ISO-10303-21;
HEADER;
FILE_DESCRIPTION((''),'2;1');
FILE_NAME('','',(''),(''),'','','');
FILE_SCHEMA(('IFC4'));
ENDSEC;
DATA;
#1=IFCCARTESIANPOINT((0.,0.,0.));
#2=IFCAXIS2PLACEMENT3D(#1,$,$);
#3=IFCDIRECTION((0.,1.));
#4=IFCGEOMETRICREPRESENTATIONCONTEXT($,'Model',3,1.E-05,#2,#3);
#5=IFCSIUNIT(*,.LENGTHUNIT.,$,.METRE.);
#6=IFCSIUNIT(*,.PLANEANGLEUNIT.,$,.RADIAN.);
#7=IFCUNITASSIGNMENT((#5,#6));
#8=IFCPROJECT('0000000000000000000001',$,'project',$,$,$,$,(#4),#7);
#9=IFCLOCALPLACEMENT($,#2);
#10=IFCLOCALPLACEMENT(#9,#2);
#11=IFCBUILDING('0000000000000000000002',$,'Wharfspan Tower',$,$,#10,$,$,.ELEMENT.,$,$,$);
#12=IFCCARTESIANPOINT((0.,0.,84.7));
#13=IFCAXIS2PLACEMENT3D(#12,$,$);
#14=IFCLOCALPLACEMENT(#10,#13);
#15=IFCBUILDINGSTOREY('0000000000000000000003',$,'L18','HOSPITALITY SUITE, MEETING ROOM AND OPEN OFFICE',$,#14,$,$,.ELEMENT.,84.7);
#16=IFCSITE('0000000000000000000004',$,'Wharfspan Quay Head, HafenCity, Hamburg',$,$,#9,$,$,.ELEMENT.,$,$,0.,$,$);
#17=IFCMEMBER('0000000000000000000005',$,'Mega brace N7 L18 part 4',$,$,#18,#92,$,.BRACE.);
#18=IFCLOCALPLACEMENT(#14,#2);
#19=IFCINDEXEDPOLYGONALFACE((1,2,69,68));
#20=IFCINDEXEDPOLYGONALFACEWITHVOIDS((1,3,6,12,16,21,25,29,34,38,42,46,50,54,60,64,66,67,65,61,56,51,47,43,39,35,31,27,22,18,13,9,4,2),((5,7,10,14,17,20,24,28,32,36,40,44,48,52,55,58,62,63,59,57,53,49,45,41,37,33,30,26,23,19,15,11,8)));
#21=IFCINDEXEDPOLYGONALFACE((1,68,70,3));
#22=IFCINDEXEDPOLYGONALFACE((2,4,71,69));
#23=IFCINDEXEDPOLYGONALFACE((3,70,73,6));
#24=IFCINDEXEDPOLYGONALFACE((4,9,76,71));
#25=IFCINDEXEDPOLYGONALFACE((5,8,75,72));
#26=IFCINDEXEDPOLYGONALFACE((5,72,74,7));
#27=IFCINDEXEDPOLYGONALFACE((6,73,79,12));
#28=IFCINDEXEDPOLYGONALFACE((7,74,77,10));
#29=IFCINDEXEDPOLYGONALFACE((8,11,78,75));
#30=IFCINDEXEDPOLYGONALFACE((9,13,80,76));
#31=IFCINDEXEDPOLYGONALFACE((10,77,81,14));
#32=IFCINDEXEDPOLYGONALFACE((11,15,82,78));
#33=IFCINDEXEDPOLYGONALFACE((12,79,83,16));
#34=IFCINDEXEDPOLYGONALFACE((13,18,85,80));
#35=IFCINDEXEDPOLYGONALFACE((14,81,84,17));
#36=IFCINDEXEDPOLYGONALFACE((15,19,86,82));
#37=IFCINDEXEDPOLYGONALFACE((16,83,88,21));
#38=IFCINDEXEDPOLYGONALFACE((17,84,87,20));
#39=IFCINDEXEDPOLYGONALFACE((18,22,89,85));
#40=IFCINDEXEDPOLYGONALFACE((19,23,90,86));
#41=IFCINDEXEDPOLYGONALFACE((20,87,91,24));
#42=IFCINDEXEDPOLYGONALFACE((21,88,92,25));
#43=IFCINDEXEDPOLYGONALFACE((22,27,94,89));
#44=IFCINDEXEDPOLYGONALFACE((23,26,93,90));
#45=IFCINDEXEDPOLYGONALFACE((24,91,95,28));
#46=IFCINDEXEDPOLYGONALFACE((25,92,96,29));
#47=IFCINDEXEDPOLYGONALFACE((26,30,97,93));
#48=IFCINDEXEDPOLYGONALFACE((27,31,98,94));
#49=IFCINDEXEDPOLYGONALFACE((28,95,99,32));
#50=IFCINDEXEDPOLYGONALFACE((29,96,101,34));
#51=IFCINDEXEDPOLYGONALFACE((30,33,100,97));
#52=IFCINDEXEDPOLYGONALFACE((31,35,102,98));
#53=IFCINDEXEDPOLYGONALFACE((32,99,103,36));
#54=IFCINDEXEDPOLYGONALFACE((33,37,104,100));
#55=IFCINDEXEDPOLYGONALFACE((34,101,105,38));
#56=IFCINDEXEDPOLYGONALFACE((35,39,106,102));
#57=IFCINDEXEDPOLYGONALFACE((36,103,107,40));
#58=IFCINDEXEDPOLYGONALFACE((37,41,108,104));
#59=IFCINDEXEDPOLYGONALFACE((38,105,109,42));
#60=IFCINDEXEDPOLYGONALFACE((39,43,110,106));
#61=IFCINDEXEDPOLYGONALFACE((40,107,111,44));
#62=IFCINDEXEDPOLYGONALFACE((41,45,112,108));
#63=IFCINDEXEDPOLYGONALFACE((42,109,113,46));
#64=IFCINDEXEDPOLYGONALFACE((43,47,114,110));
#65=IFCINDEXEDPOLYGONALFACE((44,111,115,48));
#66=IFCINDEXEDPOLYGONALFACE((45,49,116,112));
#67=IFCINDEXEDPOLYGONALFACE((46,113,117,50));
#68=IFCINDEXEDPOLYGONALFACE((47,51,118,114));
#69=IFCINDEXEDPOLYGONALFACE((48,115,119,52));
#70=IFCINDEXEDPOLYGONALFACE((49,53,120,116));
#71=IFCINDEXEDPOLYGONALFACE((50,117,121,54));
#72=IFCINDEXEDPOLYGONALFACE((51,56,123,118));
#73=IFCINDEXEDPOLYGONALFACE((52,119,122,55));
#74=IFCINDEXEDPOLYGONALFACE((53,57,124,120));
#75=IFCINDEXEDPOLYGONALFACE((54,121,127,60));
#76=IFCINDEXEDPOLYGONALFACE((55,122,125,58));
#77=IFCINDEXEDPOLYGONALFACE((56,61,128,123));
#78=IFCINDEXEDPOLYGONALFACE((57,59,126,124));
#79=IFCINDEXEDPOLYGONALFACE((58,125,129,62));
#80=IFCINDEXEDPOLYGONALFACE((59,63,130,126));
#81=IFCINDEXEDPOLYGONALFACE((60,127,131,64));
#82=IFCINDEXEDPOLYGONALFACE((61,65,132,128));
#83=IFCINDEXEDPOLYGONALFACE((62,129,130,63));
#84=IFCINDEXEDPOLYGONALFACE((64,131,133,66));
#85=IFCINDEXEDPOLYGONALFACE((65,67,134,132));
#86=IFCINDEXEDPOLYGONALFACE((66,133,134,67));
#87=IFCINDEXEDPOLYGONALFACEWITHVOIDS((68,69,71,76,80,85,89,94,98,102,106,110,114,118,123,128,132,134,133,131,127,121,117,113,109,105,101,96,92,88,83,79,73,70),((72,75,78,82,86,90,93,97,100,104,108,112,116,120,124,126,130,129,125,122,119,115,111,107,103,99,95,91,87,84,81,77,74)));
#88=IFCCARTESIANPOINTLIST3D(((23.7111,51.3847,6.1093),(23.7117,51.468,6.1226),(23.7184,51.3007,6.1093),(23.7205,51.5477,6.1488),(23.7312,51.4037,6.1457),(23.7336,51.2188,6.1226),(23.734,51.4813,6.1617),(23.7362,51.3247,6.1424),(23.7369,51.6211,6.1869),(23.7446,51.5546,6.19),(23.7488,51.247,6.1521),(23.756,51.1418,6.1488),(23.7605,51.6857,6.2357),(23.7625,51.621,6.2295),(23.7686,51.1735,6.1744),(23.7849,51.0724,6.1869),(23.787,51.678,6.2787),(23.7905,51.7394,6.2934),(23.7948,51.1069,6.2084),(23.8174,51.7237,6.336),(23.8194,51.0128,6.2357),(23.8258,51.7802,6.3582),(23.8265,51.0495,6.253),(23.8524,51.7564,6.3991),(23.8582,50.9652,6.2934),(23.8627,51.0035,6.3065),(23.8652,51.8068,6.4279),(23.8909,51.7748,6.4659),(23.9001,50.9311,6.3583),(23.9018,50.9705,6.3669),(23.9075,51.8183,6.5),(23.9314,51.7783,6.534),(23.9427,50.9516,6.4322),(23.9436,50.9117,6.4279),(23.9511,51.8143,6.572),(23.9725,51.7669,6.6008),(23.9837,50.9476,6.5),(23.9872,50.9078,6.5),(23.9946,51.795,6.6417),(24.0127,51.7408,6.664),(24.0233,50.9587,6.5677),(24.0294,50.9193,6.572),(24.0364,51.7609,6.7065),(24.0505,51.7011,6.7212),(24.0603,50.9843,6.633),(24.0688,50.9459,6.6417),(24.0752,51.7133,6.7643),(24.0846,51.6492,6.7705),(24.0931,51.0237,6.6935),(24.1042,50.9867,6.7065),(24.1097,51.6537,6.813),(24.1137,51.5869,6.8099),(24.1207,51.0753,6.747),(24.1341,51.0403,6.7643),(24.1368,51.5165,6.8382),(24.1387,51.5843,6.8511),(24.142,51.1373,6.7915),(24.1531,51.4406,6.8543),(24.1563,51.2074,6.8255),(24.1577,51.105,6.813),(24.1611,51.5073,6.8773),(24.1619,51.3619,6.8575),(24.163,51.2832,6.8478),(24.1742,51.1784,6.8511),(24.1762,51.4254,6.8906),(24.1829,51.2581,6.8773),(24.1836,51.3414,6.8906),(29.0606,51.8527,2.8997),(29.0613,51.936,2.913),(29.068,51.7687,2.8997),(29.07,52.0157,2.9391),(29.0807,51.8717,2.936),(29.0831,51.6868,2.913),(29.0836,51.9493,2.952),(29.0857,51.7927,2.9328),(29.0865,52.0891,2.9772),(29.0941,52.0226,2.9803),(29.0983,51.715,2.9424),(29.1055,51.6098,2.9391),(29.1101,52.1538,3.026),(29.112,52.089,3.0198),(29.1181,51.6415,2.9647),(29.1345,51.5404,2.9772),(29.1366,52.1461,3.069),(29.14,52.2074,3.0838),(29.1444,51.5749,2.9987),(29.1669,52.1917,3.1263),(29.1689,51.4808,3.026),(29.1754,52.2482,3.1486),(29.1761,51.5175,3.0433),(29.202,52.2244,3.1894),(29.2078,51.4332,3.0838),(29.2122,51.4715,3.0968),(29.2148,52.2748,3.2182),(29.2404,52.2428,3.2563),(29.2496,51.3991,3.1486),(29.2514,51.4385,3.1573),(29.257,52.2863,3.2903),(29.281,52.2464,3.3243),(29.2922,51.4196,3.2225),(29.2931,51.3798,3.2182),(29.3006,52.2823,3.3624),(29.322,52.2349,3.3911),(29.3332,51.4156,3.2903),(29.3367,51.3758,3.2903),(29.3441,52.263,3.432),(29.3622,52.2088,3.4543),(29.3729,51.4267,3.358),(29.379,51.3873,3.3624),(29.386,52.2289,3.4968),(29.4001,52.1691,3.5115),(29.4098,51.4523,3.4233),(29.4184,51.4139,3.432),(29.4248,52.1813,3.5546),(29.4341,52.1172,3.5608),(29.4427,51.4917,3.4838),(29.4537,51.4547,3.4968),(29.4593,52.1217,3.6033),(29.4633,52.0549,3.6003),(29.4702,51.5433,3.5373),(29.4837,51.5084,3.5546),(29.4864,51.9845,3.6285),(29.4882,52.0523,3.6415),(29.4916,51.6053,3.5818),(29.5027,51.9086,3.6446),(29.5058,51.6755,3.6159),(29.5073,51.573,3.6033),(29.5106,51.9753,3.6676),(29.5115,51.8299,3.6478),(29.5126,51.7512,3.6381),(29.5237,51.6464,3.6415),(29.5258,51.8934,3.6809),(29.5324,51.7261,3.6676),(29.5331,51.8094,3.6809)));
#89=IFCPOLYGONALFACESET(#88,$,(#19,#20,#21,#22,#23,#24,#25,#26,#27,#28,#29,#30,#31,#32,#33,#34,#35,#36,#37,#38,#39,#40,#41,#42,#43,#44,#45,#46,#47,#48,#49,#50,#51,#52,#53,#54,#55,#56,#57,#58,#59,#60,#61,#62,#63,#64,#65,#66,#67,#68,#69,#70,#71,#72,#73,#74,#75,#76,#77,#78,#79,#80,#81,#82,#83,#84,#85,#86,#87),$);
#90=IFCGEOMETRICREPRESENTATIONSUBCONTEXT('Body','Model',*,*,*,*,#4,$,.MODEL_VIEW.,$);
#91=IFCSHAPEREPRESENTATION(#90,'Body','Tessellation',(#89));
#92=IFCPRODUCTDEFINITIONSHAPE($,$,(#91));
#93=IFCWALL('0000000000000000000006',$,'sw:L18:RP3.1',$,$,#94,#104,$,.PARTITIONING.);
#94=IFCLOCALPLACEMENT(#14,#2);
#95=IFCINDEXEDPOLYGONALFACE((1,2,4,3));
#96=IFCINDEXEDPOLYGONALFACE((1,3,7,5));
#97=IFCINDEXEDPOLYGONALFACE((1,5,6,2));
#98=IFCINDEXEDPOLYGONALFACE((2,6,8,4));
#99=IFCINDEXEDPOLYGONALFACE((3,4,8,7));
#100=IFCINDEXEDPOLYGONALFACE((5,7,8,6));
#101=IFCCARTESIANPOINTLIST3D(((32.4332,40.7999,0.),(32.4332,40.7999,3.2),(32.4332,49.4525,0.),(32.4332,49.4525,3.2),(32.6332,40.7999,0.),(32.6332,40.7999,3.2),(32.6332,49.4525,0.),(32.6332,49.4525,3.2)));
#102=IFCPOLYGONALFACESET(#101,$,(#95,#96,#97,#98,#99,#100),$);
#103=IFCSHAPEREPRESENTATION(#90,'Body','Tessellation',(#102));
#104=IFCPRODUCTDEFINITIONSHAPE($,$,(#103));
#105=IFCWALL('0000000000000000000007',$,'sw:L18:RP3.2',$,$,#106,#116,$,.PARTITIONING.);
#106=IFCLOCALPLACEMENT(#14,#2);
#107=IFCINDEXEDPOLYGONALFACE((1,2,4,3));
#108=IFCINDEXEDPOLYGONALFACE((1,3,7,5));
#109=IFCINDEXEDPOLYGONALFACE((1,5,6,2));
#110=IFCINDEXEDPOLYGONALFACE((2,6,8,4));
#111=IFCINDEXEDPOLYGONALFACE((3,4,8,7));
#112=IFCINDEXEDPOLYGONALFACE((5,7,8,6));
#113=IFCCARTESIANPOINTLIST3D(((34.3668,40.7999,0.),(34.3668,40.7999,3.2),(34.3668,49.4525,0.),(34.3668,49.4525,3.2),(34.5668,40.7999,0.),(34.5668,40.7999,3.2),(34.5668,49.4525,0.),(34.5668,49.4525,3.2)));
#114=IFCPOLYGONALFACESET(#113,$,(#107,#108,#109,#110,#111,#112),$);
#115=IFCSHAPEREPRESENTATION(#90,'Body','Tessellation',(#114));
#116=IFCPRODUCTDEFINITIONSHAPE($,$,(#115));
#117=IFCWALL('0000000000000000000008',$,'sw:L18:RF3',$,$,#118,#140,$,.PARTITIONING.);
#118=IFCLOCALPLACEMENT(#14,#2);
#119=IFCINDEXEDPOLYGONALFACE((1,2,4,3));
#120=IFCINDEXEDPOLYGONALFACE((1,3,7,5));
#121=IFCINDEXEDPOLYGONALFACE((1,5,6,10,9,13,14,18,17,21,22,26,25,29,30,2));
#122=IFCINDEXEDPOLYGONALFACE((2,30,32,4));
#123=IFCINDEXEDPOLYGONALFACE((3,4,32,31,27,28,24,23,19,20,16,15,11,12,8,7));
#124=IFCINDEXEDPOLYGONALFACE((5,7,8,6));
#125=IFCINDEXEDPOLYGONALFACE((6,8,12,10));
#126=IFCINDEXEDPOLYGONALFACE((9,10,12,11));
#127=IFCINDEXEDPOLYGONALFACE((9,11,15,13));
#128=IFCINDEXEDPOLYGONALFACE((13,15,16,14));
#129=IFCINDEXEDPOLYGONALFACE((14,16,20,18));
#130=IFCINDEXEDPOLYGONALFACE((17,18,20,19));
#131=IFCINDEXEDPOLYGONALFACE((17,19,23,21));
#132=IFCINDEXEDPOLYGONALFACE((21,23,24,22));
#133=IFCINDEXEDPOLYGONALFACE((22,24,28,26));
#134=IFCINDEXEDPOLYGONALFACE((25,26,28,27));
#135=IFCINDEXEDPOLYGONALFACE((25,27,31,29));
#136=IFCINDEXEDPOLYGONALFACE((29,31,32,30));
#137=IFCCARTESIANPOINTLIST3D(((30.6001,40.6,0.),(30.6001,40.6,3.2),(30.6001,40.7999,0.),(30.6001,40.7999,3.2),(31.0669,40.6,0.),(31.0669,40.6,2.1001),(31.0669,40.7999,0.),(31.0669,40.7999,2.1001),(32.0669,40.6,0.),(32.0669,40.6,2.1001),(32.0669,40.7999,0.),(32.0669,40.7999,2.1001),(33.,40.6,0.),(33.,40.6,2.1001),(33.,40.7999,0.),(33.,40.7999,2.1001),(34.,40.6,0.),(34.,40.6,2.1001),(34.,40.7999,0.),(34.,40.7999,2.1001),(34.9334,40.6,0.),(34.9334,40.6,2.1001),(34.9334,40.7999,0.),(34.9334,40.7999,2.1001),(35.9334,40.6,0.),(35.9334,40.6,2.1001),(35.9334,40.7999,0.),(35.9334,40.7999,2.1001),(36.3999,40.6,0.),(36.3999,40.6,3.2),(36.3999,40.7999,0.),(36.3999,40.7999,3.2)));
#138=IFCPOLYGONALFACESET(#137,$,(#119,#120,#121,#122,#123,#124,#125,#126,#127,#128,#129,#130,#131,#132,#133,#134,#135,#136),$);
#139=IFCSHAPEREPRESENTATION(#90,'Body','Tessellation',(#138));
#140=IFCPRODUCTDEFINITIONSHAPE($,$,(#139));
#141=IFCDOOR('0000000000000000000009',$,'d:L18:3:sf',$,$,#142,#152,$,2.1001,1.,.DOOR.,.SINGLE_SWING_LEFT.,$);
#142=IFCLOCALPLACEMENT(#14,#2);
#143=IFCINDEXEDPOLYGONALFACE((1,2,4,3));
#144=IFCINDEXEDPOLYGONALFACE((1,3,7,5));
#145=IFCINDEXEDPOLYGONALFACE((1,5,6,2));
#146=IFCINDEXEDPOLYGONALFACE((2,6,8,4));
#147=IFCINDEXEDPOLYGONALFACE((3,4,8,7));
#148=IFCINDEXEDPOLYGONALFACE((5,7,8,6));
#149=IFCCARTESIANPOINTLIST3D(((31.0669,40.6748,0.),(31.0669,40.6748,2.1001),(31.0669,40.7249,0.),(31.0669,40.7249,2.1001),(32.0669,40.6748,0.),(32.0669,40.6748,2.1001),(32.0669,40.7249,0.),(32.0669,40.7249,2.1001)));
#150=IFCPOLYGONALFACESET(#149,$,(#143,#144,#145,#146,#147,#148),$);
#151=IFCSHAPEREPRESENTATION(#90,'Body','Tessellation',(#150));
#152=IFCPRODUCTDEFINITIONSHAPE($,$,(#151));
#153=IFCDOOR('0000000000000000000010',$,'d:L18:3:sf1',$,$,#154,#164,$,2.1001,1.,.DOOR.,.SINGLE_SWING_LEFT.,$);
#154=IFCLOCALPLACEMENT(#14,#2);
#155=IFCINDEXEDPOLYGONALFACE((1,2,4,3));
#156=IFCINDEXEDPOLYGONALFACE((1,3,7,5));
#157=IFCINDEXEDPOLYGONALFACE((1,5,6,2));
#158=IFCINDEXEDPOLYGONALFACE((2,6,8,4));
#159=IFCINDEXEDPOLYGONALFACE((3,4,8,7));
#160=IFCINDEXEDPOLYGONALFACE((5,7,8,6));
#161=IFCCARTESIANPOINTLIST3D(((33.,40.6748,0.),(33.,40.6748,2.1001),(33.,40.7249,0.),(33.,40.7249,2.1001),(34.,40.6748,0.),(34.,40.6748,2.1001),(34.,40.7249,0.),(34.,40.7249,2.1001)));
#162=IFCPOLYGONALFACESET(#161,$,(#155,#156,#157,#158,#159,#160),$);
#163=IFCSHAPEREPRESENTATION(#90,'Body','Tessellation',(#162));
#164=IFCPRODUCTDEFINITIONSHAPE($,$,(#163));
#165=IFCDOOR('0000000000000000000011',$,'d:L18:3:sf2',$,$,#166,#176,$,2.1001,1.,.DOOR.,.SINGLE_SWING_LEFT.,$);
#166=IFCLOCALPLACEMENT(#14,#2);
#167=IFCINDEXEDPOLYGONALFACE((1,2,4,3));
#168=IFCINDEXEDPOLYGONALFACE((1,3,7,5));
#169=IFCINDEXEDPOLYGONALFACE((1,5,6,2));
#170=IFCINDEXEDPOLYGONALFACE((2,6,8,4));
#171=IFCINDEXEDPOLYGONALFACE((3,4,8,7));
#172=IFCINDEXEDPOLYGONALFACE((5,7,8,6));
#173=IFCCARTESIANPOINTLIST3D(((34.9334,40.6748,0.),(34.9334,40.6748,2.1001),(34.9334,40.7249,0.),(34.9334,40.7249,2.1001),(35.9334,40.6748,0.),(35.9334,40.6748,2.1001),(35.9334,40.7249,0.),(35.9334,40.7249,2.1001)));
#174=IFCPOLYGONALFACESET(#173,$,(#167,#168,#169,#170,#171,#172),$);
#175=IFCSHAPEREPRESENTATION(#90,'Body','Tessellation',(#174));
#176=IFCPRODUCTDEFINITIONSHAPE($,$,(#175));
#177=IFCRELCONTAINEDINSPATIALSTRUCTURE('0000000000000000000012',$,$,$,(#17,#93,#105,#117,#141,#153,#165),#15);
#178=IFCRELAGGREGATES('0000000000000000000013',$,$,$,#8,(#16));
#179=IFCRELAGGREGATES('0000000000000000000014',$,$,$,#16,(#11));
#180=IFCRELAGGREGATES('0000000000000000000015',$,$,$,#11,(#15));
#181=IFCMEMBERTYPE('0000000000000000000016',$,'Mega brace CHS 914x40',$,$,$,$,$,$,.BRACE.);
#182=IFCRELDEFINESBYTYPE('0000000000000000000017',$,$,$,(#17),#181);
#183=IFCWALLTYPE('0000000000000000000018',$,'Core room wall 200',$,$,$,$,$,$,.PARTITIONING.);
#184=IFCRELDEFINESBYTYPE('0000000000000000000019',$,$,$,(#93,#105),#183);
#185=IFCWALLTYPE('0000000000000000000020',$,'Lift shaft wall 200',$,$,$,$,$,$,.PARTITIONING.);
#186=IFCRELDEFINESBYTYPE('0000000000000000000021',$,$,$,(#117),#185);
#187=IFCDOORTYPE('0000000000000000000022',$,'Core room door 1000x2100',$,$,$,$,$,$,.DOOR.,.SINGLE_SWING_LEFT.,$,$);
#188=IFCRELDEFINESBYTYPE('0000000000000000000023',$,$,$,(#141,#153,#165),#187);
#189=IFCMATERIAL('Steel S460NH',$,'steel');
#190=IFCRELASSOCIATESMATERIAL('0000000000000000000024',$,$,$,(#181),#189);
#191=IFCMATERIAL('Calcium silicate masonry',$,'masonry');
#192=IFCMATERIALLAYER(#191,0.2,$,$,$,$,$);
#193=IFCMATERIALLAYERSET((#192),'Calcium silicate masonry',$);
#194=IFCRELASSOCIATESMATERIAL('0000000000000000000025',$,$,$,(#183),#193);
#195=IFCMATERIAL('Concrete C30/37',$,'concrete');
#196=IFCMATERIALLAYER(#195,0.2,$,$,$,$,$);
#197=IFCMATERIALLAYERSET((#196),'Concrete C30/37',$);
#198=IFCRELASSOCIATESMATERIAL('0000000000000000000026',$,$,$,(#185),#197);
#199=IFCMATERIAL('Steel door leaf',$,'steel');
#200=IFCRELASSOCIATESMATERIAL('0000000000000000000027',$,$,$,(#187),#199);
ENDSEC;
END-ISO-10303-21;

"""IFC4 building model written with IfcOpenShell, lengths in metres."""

from ifc_helpers import new_model, si_unit, direction, frame, frame_2d, origin, origin_2d, place, context, subcontext, project, spatial, rectangle, hollow_circle, extrude, material, layer, layer_set, material_profile, profile_set, type_object, element, fill, save


model = new_model("IFC4")

# Units and contexts
model_context = context("Model", 3, precision=1e-05, world=origin(), true_north=direction((0.0, 1.0)))
body_context = subcontext(model_context, "Body", "Model", "MODEL_VIEW")
ifc_project = project(units=[si_unit("LENGTHUNIT", "METRE"), si_unit("PLANEANGLEUNIT", "RADIAN")], contexts=[model_context])

# Site, building, storey
site_placement = place(None, origin())
site = spatial("IfcSite", under=ifc_project, at=site_placement, Name="Wharfspan Quay Head, HafenCity, Hamburg", CompositionType="ELEMENT", RefElevation=0.0)
building_placement = place(site_placement, origin())
building = spatial("IfcBuilding", under=site, at=building_placement, Name="Wharfspan Tower", CompositionType="ELEMENT")
storey_placement = place(building_placement, frame((0.0, 0.0, 84.7)))
storey = spatial("IfcBuildingStorey", under=building, at=storey_placement, Name="L18", Description="HOSPITALITY SUITE, MEETING ROOM AND OPEN OFFICE", CompositionType="ELEMENT", Elevation=84.7)

# Member
ifc_material_1 = material(Name="Steel S460NH", Category="steel")
ifc_material_profile_1 = material_profile(ifc_material_1, hollow_circle(Radius=0.457, WallThickness=0.04, at=origin_2d()))
ifc_profile_set_1 = profile_set([ifc_material_profile_1], Name="Steel S460NH")
member_type = type_object("IfcMemberType", Name="Mega brace CHS 914x40", PredefinedType="BRACE", material=ifc_profile_set_1)
for number, where, z_axis, x_axis, name in (
    (1, (29.2969, 51.8311, 3.2903), (-0.855094, -0.074809, 0.513048), (0.087154, -0.996195, 0.000001), "Mega brace N7 L18 part 4"),
):
    element("IfcMember", number, at=place(storey_placement, frame(where, z_axis=z_axis, x_axis=x_axis)), inside=storey, type_object=member_type, Name=name, PredefinedType="BRACE", context=body_context, shape_type="SweptSolid", body=[
        extrude(hollow_circle(Radius=0.457, WallThickness=0.04, at=origin_2d()), origin(), (0.0, 0.0, 1.0), 6.2561),
    ])

# Walls
ifc_material_2 = material(Name="Calcium silicate masonry", Category="masonry")
ifc_layer_1 = layer(ifc_material_2, 0.2)
ifc_layer_set_1 = layer_set([ifc_layer_1], Name="Calcium silicate masonry")
wall_type_1 = type_object("IfcWallType", Name="Core room wall 200", PredefinedType="PARTITIONING", material=ifc_layer_set_1)
for number, where, z_axis, x_axis, name in (
    (2, (32.5332, 40.8, 0.0), (0.0, 0.0, 1.0), (0.0, 1.0, 0.0), "sw:L18:RP3.1"),
    (3, (34.4668, 40.8, 0.0), (0.0, 0.0, 1.0), (0.0, 1.0, 0.0), "sw:L18:RP3.2"),
):
    element("IfcWall", number, at=place(storey_placement, frame(where, z_axis=z_axis, x_axis=x_axis)), inside=storey, type_object=wall_type_1, Name=name, PredefinedType="PARTITIONING", context=body_context, shape_type="SweptSolid", body=[
        extrude(rectangle(XDim=8.6526, YDim=0.2, at=frame_2d((4.3262, 0.0))), origin(), (0.0, 0.0, 1.0), 3.2),
    ])

# Wall, openings, doors
ifc_material_3 = material(Name="Concrete C30/37", Category="concrete")
ifc_layer_2 = layer(ifc_material_3, 0.2)
ifc_layer_set_2 = layer_set([ifc_layer_2], Name="Concrete C30/37")
wall_type_2 = type_object("IfcWallType", Name="Lift shaft wall 200", PredefinedType="PARTITIONING", material=ifc_layer_set_2)
wall_1_placement = place(storey_placement, frame((30.6001, 40.7, 0.0), z_axis=(0.0, 0.0, 1.0), x_axis=(1.0, 0.0, 0.0)))
wall_1 = element("IfcWall", 4, at=wall_1_placement, inside=storey, type_object=wall_type_2, Name="sw:L18:RF3", PredefinedType="PARTITIONING", context=body_context, shape_type="SweptSolid", body=[
    extrude(rectangle(XDim=5.7998, YDim=0.2, at=frame_2d((2.8999, 0.0))), origin(), (0.0, 0.0, 1.0), 3.2),
])
opening_1_placement = place(wall_1_placement, frame((0.4668, 0.0, 0.0)))
opening_1 = element("IfcOpeningElement", 5, at=opening_1_placement, cuts=wall_1, PredefinedType="OPENING", context=body_context, shape_type="SweptSolid", body=[
    extrude(rectangle(XDim=1.0, YDim=2.1001, at=frame_2d((0.5, 1.05))), frame((0.0, 0.1099, 0.0), z_axis=(0.0, -1.0, 0.0), x_axis=(1.0, 0.0, 0.0)), (0.0, 0.0, 1.0), 0.22),
])
opening_2_placement = place(wall_1_placement, frame((2.3999, 0.0, 0.0)))
opening_2 = element("IfcOpeningElement", 6, at=opening_2_placement, cuts=wall_1, PredefinedType="OPENING", context=body_context, shape_type="SweptSolid", body=[
    extrude(rectangle(XDim=1.0, YDim=2.1001, at=frame_2d((0.5, 1.05))), frame((0.0, 0.1099, 0.0), z_axis=(0.0, -1.0, 0.0), x_axis=(1.0, 0.0, 0.0)), (0.0, 0.0, 1.0), 0.22),
])
opening_3_placement = place(wall_1_placement, frame((4.3333, 0.0, 0.0)))
opening_3 = element("IfcOpeningElement", 7, at=opening_3_placement, cuts=wall_1, PredefinedType="OPENING", context=body_context, shape_type="SweptSolid", body=[
    extrude(rectangle(XDim=1.0, YDim=2.1001, at=frame_2d((0.5, 1.05))), frame((0.0, 0.1099, 0.0), z_axis=(0.0, -1.0, 0.0), x_axis=(1.0, 0.0, 0.0)), (0.0, 0.0, 1.0), 0.22),
])
ifc_material_4 = material(Name="Steel door leaf", Category="steel")
door_type = type_object("IfcDoorType", Name="Core room door 1000x2100", OperationType="SINGLE_SWING_LEFT", PredefinedType="DOOR", material=ifc_material_4)
door_1_placement = place(opening_1_placement, origin())
door_1 = element("IfcDoor", 8, at=door_1_placement, inside=storey, type_object=door_type, Name="d:L18:3:sf", OperationType="SINGLE_SWING_LEFT", OverallHeight=2.1001, OverallWidth=1.0, PredefinedType="DOOR", context=body_context, shape_type="SweptSolid", body=[
    extrude(rectangle(XDim=1.0, YDim=2.1001, at=frame_2d((0.5, 1.05))), frame((0.0, 0.0249, 0.0), z_axis=(0.0, -1.0, 0.0), x_axis=(1.0, 0.0, 0.0)), (0.0, 0.0, 1.0), 0.05),
])
fill(opening_1, door_1)
door_2_placement = place(opening_2_placement, origin())
door_2 = element("IfcDoor", 9, at=door_2_placement, inside=storey, type_object=door_type, Name="d:L18:3:sf1", OperationType="SINGLE_SWING_LEFT", OverallHeight=2.1001, OverallWidth=1.0, PredefinedType="DOOR", context=body_context, shape_type="SweptSolid", body=[
    extrude(rectangle(XDim=1.0, YDim=2.1001, at=frame_2d((0.5, 1.05))), frame((0.0, 0.0249, 0.0), z_axis=(0.0, -1.0, 0.0), x_axis=(1.0, 0.0, 0.0)), (0.0, 0.0, 1.0), 0.05),
])
fill(opening_2, door_2)
door_3_placement = place(opening_3_placement, origin())
door_3 = element("IfcDoor", 10, at=door_3_placement, inside=storey, type_object=door_type, Name="d:L18:3:sf2", OperationType="SINGLE_SWING_LEFT", OverallHeight=2.1001, OverallWidth=1.0, PredefinedType="DOOR", context=body_context, shape_type="SweptSolid", body=[
    extrude(rectangle(XDim=1.0, YDim=2.1001, at=frame_2d((0.5, 1.05))), frame((0.0, 0.0249, 0.0), z_axis=(0.0, -1.0, 0.0), x_axis=(1.0, 0.0, 0.0)), (0.0, 0.0, 1.0), 0.05),
])
fill(opening_3, door_3)

save(model, "model.ifc")
